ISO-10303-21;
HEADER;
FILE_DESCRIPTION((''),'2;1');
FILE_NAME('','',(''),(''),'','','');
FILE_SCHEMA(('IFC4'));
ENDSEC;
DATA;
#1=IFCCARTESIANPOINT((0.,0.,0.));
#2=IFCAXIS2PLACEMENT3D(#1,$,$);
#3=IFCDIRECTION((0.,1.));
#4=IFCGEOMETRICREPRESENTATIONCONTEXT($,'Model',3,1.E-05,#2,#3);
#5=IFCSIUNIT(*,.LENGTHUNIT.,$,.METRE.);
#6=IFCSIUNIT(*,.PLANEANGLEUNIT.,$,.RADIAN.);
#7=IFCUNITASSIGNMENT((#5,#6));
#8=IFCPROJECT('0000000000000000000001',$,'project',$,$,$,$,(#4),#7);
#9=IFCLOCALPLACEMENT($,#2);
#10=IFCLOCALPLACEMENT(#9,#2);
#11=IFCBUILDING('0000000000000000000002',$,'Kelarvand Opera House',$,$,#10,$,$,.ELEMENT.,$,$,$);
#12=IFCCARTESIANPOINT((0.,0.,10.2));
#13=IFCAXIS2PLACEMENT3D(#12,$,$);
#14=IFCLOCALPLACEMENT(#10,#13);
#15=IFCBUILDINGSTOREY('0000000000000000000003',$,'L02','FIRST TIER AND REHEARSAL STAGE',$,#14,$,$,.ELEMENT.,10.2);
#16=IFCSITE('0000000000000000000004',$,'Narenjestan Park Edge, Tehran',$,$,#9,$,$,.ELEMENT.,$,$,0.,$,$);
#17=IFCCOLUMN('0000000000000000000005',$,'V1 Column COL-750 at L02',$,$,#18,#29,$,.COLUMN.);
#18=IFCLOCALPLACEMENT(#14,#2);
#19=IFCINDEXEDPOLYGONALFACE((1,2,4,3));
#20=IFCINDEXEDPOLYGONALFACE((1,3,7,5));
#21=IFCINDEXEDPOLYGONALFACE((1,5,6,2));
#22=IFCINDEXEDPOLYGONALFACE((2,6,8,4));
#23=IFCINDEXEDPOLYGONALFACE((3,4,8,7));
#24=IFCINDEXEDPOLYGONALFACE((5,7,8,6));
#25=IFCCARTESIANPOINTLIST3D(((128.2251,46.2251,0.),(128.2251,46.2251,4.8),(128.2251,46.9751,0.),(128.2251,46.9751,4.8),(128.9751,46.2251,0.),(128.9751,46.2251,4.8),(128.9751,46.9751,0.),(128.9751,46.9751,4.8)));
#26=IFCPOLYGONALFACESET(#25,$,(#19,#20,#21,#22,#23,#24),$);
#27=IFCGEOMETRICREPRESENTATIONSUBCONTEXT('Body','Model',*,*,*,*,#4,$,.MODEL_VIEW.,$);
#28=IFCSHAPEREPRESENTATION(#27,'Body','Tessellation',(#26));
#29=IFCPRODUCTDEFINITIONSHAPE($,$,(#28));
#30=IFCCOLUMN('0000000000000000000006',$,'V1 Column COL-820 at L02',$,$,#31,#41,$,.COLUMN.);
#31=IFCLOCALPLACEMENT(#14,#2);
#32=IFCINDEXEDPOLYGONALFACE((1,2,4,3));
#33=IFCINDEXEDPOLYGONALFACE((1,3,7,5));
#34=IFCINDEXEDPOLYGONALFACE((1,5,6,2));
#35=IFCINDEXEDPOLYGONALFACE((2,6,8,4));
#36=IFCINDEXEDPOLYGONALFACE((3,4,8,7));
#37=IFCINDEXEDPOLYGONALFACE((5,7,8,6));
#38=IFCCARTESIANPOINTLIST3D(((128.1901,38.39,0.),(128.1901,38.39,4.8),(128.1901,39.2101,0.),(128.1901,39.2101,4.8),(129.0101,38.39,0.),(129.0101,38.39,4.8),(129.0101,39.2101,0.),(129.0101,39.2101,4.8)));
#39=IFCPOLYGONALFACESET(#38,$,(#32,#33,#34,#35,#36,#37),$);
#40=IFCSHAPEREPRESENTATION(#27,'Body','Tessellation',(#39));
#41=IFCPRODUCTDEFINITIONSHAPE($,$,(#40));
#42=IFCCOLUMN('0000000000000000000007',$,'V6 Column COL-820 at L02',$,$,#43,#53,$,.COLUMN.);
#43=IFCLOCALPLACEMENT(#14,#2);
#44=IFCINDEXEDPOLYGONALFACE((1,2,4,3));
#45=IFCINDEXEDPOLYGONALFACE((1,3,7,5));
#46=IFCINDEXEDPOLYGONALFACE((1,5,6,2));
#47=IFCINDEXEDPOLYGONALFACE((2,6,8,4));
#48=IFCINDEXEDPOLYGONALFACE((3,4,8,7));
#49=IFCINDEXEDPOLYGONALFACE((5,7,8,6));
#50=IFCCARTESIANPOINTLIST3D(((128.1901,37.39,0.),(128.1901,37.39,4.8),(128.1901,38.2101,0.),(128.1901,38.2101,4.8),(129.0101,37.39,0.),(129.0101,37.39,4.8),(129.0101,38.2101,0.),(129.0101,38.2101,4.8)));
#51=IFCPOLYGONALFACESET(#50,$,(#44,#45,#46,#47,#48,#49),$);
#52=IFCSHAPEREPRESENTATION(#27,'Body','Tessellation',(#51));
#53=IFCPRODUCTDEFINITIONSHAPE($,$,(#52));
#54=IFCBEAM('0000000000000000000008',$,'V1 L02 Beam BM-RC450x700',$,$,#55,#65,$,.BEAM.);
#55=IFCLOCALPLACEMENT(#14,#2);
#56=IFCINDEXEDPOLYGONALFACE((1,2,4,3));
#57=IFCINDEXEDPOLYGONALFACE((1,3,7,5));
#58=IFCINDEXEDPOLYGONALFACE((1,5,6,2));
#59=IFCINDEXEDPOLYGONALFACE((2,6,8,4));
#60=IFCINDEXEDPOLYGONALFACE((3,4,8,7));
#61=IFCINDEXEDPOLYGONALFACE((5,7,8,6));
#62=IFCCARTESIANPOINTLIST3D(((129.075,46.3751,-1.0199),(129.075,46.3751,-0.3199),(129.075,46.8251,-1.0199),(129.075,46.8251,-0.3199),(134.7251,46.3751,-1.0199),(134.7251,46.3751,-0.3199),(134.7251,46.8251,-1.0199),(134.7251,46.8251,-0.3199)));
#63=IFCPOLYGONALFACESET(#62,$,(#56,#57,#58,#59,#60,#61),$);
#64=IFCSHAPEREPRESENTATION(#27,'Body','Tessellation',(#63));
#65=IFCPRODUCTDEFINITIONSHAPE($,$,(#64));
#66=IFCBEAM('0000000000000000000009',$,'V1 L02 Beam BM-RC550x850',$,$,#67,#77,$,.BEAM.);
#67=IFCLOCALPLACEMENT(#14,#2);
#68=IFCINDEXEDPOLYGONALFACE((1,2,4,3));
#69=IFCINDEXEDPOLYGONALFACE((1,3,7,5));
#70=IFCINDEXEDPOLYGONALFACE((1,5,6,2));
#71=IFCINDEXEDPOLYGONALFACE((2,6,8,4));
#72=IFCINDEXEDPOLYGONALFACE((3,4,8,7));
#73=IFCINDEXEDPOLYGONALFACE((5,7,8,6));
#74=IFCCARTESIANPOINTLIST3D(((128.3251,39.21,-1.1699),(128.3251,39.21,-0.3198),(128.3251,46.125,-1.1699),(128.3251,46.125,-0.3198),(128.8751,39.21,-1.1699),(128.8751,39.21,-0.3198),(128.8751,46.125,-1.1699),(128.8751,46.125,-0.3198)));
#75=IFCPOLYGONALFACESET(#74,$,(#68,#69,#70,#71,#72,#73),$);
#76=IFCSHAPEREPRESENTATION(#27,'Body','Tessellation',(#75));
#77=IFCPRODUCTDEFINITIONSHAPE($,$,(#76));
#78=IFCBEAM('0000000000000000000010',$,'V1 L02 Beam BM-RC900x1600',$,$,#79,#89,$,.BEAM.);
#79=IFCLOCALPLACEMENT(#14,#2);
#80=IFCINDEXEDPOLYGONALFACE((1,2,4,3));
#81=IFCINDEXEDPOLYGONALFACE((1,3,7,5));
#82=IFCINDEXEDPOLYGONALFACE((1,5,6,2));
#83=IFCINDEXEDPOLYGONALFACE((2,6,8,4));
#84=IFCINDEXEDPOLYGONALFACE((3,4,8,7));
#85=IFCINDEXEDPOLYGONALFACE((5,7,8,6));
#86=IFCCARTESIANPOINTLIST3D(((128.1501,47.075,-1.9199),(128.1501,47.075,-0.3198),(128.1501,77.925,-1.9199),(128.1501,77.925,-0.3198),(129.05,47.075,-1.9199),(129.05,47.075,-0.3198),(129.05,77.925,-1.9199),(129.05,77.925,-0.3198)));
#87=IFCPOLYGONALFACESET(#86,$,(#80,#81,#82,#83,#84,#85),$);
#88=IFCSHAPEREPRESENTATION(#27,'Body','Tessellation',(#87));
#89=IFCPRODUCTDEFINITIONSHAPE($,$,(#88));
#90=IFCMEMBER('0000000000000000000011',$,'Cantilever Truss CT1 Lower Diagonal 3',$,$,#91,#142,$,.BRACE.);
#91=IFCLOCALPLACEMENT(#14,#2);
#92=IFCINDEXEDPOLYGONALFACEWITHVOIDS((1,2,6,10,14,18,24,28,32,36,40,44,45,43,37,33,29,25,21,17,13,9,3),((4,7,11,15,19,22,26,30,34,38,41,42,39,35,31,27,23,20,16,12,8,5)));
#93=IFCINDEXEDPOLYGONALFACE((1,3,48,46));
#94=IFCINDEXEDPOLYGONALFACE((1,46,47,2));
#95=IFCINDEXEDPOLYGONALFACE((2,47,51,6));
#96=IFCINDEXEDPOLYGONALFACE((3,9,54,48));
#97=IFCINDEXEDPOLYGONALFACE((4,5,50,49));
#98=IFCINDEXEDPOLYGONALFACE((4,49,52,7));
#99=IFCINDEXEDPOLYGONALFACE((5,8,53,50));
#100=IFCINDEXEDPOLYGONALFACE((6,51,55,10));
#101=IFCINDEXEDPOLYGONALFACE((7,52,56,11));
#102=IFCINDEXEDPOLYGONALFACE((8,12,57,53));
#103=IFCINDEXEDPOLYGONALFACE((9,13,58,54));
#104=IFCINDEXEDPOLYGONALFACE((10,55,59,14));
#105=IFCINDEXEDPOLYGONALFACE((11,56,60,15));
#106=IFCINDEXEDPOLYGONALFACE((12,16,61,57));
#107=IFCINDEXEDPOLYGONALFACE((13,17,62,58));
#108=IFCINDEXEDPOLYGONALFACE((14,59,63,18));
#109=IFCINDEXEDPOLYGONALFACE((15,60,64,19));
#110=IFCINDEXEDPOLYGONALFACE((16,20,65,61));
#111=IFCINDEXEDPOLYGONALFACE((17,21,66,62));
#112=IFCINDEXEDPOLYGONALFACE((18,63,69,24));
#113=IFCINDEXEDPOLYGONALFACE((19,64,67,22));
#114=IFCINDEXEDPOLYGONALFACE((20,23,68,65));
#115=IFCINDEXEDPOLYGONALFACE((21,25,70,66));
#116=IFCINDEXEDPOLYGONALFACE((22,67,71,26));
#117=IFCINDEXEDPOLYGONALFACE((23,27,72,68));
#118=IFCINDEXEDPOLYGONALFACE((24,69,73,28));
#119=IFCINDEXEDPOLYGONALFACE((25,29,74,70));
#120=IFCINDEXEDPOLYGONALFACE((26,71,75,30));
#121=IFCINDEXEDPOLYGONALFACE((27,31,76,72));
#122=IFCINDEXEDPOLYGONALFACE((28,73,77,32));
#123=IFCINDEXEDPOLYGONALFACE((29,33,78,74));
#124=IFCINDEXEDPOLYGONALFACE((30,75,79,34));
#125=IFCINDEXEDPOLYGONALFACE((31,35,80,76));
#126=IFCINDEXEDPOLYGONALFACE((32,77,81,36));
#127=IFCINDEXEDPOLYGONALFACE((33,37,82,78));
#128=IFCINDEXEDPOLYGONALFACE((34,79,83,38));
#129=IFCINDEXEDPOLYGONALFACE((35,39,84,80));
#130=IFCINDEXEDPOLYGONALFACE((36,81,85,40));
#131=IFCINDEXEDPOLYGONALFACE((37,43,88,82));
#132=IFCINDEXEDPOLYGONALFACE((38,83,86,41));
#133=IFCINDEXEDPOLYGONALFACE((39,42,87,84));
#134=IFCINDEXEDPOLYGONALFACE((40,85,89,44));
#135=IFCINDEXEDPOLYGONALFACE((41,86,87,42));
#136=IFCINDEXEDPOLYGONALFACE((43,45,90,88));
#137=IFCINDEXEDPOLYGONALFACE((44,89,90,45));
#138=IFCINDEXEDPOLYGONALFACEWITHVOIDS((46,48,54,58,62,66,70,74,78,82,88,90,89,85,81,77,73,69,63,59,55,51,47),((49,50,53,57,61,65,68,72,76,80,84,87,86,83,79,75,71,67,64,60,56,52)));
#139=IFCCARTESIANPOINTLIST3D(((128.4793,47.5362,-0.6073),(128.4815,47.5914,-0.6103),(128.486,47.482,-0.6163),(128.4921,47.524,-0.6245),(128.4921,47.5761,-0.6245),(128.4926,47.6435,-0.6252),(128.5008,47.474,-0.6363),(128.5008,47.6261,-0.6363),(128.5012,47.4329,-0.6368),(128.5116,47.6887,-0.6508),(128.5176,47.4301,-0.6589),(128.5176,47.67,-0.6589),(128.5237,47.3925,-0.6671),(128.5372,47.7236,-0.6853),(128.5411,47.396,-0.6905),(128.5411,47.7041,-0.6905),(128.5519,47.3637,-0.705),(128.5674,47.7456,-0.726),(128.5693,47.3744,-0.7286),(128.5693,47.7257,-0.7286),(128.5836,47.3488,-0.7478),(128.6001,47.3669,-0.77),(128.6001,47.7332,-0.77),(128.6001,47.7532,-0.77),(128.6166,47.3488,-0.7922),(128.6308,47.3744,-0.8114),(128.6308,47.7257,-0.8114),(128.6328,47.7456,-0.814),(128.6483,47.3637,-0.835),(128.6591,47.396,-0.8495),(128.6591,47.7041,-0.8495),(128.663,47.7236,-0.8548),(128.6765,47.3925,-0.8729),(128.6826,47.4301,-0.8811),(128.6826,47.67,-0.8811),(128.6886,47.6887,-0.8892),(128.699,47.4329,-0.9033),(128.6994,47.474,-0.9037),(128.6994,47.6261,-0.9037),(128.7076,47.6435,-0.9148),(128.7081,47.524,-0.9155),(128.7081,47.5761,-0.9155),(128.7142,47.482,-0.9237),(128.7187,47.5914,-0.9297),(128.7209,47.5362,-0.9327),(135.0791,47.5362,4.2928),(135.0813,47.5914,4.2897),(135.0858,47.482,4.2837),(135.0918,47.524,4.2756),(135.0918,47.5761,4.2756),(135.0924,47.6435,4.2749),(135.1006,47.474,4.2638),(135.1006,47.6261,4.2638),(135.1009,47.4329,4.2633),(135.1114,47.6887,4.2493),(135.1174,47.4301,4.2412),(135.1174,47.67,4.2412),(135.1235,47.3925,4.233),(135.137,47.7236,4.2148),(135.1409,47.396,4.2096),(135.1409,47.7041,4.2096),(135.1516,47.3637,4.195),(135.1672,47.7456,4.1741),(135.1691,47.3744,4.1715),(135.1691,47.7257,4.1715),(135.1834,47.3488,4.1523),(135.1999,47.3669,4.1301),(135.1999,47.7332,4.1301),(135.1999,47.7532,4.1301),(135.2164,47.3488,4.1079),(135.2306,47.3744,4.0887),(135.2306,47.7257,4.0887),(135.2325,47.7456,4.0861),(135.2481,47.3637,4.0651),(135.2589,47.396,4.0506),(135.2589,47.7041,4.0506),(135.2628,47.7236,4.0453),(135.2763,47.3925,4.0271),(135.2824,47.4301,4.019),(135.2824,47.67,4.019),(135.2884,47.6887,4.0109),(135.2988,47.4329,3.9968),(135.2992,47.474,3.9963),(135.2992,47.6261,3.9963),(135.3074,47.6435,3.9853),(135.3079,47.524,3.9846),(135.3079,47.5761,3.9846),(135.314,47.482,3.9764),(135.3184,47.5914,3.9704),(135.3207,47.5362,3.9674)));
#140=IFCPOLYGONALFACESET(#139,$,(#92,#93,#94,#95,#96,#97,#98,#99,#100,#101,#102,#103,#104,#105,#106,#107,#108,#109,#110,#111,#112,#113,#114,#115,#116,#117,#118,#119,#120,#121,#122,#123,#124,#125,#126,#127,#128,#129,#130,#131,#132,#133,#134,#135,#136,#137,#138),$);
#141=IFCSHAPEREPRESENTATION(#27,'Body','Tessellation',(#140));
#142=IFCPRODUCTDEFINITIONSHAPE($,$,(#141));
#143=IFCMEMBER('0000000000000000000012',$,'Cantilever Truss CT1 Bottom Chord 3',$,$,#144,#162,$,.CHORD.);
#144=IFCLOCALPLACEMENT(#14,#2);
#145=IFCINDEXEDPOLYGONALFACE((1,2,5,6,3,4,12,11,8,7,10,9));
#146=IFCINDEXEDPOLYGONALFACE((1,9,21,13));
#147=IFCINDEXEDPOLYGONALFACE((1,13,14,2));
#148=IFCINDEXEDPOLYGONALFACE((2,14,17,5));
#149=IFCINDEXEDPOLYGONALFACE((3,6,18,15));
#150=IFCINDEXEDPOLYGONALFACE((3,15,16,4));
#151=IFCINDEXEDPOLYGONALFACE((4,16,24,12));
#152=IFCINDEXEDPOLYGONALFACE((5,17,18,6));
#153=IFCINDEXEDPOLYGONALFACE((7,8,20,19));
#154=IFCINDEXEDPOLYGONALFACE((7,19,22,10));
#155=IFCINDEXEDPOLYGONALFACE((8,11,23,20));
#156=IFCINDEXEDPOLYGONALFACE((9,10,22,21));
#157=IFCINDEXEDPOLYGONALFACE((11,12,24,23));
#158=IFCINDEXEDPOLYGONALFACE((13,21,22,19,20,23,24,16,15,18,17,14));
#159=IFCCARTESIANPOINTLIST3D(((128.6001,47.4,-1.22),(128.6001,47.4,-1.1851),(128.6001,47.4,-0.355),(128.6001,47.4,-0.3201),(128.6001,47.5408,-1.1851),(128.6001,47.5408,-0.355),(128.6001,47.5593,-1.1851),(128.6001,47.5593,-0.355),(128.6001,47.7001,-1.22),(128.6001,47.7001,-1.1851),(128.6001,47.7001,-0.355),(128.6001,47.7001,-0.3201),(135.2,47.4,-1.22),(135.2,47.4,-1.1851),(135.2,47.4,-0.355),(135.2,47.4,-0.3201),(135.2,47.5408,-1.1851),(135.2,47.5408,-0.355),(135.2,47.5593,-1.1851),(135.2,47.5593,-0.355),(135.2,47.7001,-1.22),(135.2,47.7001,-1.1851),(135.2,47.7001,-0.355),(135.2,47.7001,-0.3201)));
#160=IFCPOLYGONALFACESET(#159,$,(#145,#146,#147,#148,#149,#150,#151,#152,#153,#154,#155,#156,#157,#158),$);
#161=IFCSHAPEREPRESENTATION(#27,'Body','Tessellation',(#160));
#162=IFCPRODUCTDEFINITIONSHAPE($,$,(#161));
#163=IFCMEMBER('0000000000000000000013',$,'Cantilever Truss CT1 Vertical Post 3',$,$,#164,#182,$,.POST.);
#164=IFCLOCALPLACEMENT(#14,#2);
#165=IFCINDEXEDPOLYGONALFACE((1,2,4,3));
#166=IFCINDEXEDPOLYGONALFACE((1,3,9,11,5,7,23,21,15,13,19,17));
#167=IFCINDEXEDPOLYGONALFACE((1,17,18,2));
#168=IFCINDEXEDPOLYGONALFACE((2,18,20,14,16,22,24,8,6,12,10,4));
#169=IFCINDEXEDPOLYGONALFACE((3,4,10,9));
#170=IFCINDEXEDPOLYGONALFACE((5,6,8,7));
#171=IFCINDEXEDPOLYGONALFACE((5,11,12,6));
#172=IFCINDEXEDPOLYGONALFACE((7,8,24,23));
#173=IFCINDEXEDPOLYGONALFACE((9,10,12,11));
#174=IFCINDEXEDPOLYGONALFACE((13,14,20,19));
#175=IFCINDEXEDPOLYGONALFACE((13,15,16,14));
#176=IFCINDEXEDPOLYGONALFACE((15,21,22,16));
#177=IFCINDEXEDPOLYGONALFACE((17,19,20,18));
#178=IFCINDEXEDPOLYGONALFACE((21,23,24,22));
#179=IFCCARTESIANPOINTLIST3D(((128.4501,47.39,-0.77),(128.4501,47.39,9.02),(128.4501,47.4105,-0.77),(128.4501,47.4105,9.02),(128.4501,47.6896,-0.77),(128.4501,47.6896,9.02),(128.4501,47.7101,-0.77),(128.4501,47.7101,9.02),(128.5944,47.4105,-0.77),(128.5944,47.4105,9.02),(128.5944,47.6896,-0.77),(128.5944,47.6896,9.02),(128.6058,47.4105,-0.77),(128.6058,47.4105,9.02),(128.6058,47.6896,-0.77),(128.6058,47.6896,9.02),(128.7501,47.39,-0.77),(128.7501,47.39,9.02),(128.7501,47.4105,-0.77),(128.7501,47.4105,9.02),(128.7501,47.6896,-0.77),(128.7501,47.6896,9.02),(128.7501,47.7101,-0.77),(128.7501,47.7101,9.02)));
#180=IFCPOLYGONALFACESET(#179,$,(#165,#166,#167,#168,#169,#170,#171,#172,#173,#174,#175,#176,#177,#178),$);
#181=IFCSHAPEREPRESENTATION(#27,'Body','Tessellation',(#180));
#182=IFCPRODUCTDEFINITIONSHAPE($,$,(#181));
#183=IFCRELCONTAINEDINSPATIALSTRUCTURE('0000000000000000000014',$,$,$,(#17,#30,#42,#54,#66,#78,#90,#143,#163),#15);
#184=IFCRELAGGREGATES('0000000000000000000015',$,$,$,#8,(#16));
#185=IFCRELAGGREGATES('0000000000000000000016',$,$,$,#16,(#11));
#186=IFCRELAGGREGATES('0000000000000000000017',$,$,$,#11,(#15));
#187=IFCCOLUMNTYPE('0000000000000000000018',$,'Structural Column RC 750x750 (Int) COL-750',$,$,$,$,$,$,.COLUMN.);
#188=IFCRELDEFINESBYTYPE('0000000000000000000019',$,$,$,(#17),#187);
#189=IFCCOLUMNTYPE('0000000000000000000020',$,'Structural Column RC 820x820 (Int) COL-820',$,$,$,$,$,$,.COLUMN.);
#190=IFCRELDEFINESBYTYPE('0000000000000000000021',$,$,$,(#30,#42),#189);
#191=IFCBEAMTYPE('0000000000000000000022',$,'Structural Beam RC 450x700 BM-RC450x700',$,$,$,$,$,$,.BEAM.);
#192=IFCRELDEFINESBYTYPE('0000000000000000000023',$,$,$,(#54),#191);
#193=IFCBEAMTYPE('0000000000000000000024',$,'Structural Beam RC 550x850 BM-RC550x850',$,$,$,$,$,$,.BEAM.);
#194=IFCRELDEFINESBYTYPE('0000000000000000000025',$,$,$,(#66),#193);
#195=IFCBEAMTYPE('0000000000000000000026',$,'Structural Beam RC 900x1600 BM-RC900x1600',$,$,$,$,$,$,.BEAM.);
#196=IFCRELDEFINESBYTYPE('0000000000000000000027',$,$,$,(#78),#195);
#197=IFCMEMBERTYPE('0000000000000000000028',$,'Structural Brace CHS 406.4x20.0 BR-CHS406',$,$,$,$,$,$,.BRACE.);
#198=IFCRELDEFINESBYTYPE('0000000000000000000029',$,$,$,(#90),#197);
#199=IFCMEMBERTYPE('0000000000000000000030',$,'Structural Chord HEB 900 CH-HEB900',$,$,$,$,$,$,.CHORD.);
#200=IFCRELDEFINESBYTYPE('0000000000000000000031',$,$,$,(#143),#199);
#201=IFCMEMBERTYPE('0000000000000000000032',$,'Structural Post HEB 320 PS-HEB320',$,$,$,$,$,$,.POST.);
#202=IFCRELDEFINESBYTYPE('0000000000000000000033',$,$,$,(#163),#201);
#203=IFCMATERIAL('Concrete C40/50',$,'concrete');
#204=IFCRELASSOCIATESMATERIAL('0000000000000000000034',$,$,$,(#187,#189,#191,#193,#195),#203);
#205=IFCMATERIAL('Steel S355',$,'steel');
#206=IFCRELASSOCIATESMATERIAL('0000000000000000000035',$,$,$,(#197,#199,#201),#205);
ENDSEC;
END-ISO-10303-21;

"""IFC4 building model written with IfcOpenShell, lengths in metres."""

from ifc_helpers import new_model, si_unit, direction, frame, origin, origin_2d, place, context, subcontext, project, spatial, rectangle, hollow_circle, i_section, extrude, material, material_profile, profile_set, type_object, element, save


model = new_model("IFC4")

# Units and contexts
model_context = context("Model", 3, precision=1e-05, world=origin(), true_north=direction((0.0, 1.0)))
body_context = subcontext(model_context, "Body", "Model", "MODEL_VIEW")
ifc_project = project(units=[si_unit("LENGTHUNIT", "METRE"), si_unit("PLANEANGLEUNIT", "RADIAN")], contexts=[model_context])

# Site, building, storey
site_placement = place(None, origin())
site = spatial("IfcSite", under=ifc_project, at=site_placement, Name="Narenjestan Park Edge, Tehran", CompositionType="ELEMENT", RefElevation=0.0)
building_placement = place(site_placement, origin())
building = spatial("IfcBuilding", under=site, at=building_placement, Name="Kelarvand Opera House", CompositionType="ELEMENT")
storey_placement = place(building_placement, frame((0.0, 0.0, 10.2)))
storey = spatial("IfcBuildingStorey", under=building, at=storey_placement, Name="L02", Description="FIRST TIER AND REHEARSAL STAGE", CompositionType="ELEMENT", Elevation=10.2)

# Columns
ifc_material_1 = material(Name="Concrete C40/50", Category="concrete")
ifc_material_profile_1 = material_profile(ifc_material_1, rectangle(XDim=0.75, YDim=0.75, at=origin_2d()), Name="RC 750x750", Category="concrete")
ifc_profile_set_1 = profile_set([ifc_material_profile_1], Name="Concrete C40/50")
column_type_1 = type_object("IfcColumnType", Name="Structural Column RC 750x750 (Int) COL-750", PredefinedType="COLUMN", material=ifc_profile_set_1)
column_placement = place(storey_placement, frame((128.6001, 46.6001, 0.0), z_axis=(0.0, 0.0, 1.0), x_axis=(1.0, 0.0, 0.0)))
element("IfcColumn", 1, at=column_placement, inside=storey, type_object=column_type_1, Name="V1 Column COL-750 at L02", PredefinedType="COLUMN", context=body_context, shape_type="SweptSolid", body=[
    extrude(rectangle(XDim=0.75, YDim=0.75, at=origin_2d()), origin(), (0.0, 0.0, 1.0), 4.8),
])
ifc_material_profile_2 = material_profile(ifc_material_1, rectangle(XDim=0.8201, YDim=0.8201, at=origin_2d()), Name="RC 820x820", Category="concrete")
ifc_profile_set_2 = profile_set([ifc_material_profile_2], Name="Concrete C40/50")
column_type_2 = type_object("IfcColumnType", Name="Structural Column RC 820x820 (Int) COL-820", PredefinedType="COLUMN", material=ifc_profile_set_2)
for number, where, z_axis, x_axis, name in (
    (2, (128.6001, 38.8, 0.0), (0.0, 0.0, 1.0), (1.0, 0.0, 0.0), "V1 Column COL-820 at L02"),
    (3, (128.6001, 37.8, 0.0), (0.0, 0.0, 1.0), (1.0, 0.0, 0.0), "V6 Column COL-820 at L02"),
):
    element("IfcColumn", number, at=place(storey_placement, frame(where, z_axis=z_axis, x_axis=x_axis)), inside=storey, type_object=column_type_2, Name=name, PredefinedType="COLUMN", context=body_context, shape_type="SweptSolid", body=[
        extrude(rectangle(XDim=0.8201, YDim=0.8201, at=origin_2d()), origin(), (0.0, 0.0, 1.0), 4.8),
    ])

# Beams
ifc_material_profile_3 = material_profile(ifc_material_1, rectangle(XDim=0.45, YDim=0.7, at=origin_2d()), Name="RC 450x700", Category="concrete")
ifc_profile_set_3 = profile_set([ifc_material_profile_3], Name="Concrete C40/50")
beam_type_1 = type_object("IfcBeamType", Name="Structural Beam RC 450x700 BM-RC450x700", PredefinedType="BEAM", material=ifc_profile_set_3)
beam_1_placement = place(storey_placement, frame((129.075, 46.6001, -0.6699), z_axis=(1.0, 0.0, 0.0), x_axis=(0.0, 1.0, 0.0)))
element("IfcBeam", 4, at=beam_1_placement, inside=storey, type_object=beam_type_1, Name="V1 L02 Beam BM-RC450x700", PredefinedType="BEAM", context=body_context, shape_type="SweptSolid", body=[
    extrude(rectangle(XDim=0.45, YDim=0.7, at=origin_2d()), origin(), (0.0, 0.0, 1.0), 5.6501),
])
ifc_material_profile_4 = material_profile(ifc_material_1, rectangle(XDim=0.55, YDim=0.8501, at=origin_2d()), Name="RC 550x850", Category="concrete")
ifc_profile_set_4 = profile_set([ifc_material_profile_4], Name="Concrete C40/50")
beam_type_2 = type_object("IfcBeamType", Name="Structural Beam RC 550x850 BM-RC550x850", PredefinedType="BEAM", material=ifc_profile_set_4)
beam_2_placement = place(storey_placement, frame((128.6001, 39.21, -0.7449), z_axis=(0.0, 1.0, 0.0), x_axis=(-1.0, 0.0, 0.0)))
element("IfcBeam", 5, at=beam_2_placement, inside=storey, type_object=beam_type_2, Name="V1 L02 Beam BM-RC550x850", PredefinedType="BEAM", context=body_context, shape_type="SweptSolid", body=[
    extrude(rectangle(XDim=0.55, YDim=0.8501, at=origin_2d()), origin(), (0.0, 0.0, 1.0), 6.915),
])
ifc_material_profile_5 = material_profile(ifc_material_1, rectangle(XDim=0.8999, YDim=1.6001, at=origin_2d()), Name="RC 900x1600", Category="concrete")
ifc_profile_set_5 = profile_set([ifc_material_profile_5], Name="Concrete C40/50")
beam_type_3 = type_object("IfcBeamType", Name="Structural Beam RC 900x1600 BM-RC900x1600", PredefinedType="BEAM", material=ifc_profile_set_5)
beam_3_placement = place(storey_placement, frame((128.6001, 47.075, -1.1199), z_axis=(0.0, 1.0, 0.0), x_axis=(-1.0, 0.0, 0.0)))
element("IfcBeam", 6, at=beam_3_placement, inside=storey, type_object=beam_type_3, Name="V1 L02 Beam BM-RC900x1600", PredefinedType="BEAM", context=body_context, shape_type="SweptSolid", body=[
    extrude(rectangle(XDim=0.8999, YDim=1.6001, at=origin_2d()), origin(), (0.0, 0.0, 1.0), 30.8501),
])

# Members
ifc_material_2 = material(Name="Steel S355", Category="steel")
ifc_material_profile_6 = material_profile(ifc_material_2, hollow_circle(Radius=0.2031, WallThickness=0.02, at=origin_2d()), Name="CHS 406.4x20.0", Category="steel")
ifc_profile_set_6 = profile_set([ifc_material_profile_6], Name="Steel S355")
member_type_1 = type_object("IfcMemberType", Name="Structural Brace CHS 406.4x20.0 BR-CHS406", PredefinedType="BRACE", material=ifc_profile_set_6)
member_1_placement = place(storey_placement, frame((128.6001, 47.55, -0.77), z_axis=(0.802895, 0.0, 0.59612), x_axis=(0.0, 1.0, 0.0)))
element("IfcMember", 7, at=member_1_placement, inside=storey, type_object=member_type_1, Name="Cantilever Truss CT1 Lower Diagonal 3", PredefinedType="BRACE", context=body_context, shape_type="SweptSolid", body=[
    extrude(hollow_circle(Radius=0.2031, WallThickness=0.02, at=origin_2d()), origin(), (0.0, 0.0, 1.0), 8.22),
])
ifc_material_profile_7 = material_profile(ifc_material_2, i_section(OverallWidth=0.3, OverallDepth=0.8999, WebThickness=0.0186, FlangeThickness=0.0349, at=origin_2d()), Name="HEB 900", Category="steel")
ifc_profile_set_7 = profile_set([ifc_material_profile_7], Name="Steel S355")
member_type_2 = type_object("IfcMemberType", Name="Structural Chord HEB 900 CH-HEB900", PredefinedType="CHORD", material=ifc_profile_set_7)
member_2_placement = place(storey_placement, frame((128.6001, 47.55, -0.77), z_axis=(1.0, 0.0, 0.0), x_axis=(0.0, 1.0, 0.0)))
element("IfcMember", 8, at=member_2_placement, inside=storey, type_object=member_type_2, Name="Cantilever Truss CT1 Bottom Chord 3", PredefinedType="CHORD", context=body_context, shape_type="SweptSolid", body=[
    extrude(i_section(OverallWidth=0.3, OverallDepth=0.8999, WebThickness=0.0186, FlangeThickness=0.0349, at=origin_2d()), origin(), (0.0, 0.0, 1.0), 6.5999),
])
ifc_material_profile_8 = material_profile(ifc_material_2, i_section(OverallWidth=0.3, OverallDepth=0.3201, WebThickness=0.0115, FlangeThickness=0.0205, at=origin_2d()), Name="HEB 320", Category="steel")
ifc_profile_set_8 = profile_set([ifc_material_profile_8], Name="Steel S355")
member_type_3 = type_object("IfcMemberType", Name="Structural Post HEB 320 PS-HEB320", PredefinedType="POST", material=ifc_profile_set_8)
member_3_placement = place(storey_placement, frame((128.6001, 47.55, -0.77), z_axis=(0.0, 0.0, 1.0), x_axis=(1.0, 0.0, 0.0)))
element("IfcMember", 9, at=member_3_placement, inside=storey, type_object=member_type_3, Name="Cantilever Truss CT1 Vertical Post 3", PredefinedType="POST", context=body_context, shape_type="SweptSolid", body=[
    extrude(i_section(OverallWidth=0.3, OverallDepth=0.3201, WebThickness=0.0115, FlangeThickness=0.0205, at=origin_2d()), origin(), (0.0, 0.0, 1.0), 9.79),
])

save(model, "model.ifc")
